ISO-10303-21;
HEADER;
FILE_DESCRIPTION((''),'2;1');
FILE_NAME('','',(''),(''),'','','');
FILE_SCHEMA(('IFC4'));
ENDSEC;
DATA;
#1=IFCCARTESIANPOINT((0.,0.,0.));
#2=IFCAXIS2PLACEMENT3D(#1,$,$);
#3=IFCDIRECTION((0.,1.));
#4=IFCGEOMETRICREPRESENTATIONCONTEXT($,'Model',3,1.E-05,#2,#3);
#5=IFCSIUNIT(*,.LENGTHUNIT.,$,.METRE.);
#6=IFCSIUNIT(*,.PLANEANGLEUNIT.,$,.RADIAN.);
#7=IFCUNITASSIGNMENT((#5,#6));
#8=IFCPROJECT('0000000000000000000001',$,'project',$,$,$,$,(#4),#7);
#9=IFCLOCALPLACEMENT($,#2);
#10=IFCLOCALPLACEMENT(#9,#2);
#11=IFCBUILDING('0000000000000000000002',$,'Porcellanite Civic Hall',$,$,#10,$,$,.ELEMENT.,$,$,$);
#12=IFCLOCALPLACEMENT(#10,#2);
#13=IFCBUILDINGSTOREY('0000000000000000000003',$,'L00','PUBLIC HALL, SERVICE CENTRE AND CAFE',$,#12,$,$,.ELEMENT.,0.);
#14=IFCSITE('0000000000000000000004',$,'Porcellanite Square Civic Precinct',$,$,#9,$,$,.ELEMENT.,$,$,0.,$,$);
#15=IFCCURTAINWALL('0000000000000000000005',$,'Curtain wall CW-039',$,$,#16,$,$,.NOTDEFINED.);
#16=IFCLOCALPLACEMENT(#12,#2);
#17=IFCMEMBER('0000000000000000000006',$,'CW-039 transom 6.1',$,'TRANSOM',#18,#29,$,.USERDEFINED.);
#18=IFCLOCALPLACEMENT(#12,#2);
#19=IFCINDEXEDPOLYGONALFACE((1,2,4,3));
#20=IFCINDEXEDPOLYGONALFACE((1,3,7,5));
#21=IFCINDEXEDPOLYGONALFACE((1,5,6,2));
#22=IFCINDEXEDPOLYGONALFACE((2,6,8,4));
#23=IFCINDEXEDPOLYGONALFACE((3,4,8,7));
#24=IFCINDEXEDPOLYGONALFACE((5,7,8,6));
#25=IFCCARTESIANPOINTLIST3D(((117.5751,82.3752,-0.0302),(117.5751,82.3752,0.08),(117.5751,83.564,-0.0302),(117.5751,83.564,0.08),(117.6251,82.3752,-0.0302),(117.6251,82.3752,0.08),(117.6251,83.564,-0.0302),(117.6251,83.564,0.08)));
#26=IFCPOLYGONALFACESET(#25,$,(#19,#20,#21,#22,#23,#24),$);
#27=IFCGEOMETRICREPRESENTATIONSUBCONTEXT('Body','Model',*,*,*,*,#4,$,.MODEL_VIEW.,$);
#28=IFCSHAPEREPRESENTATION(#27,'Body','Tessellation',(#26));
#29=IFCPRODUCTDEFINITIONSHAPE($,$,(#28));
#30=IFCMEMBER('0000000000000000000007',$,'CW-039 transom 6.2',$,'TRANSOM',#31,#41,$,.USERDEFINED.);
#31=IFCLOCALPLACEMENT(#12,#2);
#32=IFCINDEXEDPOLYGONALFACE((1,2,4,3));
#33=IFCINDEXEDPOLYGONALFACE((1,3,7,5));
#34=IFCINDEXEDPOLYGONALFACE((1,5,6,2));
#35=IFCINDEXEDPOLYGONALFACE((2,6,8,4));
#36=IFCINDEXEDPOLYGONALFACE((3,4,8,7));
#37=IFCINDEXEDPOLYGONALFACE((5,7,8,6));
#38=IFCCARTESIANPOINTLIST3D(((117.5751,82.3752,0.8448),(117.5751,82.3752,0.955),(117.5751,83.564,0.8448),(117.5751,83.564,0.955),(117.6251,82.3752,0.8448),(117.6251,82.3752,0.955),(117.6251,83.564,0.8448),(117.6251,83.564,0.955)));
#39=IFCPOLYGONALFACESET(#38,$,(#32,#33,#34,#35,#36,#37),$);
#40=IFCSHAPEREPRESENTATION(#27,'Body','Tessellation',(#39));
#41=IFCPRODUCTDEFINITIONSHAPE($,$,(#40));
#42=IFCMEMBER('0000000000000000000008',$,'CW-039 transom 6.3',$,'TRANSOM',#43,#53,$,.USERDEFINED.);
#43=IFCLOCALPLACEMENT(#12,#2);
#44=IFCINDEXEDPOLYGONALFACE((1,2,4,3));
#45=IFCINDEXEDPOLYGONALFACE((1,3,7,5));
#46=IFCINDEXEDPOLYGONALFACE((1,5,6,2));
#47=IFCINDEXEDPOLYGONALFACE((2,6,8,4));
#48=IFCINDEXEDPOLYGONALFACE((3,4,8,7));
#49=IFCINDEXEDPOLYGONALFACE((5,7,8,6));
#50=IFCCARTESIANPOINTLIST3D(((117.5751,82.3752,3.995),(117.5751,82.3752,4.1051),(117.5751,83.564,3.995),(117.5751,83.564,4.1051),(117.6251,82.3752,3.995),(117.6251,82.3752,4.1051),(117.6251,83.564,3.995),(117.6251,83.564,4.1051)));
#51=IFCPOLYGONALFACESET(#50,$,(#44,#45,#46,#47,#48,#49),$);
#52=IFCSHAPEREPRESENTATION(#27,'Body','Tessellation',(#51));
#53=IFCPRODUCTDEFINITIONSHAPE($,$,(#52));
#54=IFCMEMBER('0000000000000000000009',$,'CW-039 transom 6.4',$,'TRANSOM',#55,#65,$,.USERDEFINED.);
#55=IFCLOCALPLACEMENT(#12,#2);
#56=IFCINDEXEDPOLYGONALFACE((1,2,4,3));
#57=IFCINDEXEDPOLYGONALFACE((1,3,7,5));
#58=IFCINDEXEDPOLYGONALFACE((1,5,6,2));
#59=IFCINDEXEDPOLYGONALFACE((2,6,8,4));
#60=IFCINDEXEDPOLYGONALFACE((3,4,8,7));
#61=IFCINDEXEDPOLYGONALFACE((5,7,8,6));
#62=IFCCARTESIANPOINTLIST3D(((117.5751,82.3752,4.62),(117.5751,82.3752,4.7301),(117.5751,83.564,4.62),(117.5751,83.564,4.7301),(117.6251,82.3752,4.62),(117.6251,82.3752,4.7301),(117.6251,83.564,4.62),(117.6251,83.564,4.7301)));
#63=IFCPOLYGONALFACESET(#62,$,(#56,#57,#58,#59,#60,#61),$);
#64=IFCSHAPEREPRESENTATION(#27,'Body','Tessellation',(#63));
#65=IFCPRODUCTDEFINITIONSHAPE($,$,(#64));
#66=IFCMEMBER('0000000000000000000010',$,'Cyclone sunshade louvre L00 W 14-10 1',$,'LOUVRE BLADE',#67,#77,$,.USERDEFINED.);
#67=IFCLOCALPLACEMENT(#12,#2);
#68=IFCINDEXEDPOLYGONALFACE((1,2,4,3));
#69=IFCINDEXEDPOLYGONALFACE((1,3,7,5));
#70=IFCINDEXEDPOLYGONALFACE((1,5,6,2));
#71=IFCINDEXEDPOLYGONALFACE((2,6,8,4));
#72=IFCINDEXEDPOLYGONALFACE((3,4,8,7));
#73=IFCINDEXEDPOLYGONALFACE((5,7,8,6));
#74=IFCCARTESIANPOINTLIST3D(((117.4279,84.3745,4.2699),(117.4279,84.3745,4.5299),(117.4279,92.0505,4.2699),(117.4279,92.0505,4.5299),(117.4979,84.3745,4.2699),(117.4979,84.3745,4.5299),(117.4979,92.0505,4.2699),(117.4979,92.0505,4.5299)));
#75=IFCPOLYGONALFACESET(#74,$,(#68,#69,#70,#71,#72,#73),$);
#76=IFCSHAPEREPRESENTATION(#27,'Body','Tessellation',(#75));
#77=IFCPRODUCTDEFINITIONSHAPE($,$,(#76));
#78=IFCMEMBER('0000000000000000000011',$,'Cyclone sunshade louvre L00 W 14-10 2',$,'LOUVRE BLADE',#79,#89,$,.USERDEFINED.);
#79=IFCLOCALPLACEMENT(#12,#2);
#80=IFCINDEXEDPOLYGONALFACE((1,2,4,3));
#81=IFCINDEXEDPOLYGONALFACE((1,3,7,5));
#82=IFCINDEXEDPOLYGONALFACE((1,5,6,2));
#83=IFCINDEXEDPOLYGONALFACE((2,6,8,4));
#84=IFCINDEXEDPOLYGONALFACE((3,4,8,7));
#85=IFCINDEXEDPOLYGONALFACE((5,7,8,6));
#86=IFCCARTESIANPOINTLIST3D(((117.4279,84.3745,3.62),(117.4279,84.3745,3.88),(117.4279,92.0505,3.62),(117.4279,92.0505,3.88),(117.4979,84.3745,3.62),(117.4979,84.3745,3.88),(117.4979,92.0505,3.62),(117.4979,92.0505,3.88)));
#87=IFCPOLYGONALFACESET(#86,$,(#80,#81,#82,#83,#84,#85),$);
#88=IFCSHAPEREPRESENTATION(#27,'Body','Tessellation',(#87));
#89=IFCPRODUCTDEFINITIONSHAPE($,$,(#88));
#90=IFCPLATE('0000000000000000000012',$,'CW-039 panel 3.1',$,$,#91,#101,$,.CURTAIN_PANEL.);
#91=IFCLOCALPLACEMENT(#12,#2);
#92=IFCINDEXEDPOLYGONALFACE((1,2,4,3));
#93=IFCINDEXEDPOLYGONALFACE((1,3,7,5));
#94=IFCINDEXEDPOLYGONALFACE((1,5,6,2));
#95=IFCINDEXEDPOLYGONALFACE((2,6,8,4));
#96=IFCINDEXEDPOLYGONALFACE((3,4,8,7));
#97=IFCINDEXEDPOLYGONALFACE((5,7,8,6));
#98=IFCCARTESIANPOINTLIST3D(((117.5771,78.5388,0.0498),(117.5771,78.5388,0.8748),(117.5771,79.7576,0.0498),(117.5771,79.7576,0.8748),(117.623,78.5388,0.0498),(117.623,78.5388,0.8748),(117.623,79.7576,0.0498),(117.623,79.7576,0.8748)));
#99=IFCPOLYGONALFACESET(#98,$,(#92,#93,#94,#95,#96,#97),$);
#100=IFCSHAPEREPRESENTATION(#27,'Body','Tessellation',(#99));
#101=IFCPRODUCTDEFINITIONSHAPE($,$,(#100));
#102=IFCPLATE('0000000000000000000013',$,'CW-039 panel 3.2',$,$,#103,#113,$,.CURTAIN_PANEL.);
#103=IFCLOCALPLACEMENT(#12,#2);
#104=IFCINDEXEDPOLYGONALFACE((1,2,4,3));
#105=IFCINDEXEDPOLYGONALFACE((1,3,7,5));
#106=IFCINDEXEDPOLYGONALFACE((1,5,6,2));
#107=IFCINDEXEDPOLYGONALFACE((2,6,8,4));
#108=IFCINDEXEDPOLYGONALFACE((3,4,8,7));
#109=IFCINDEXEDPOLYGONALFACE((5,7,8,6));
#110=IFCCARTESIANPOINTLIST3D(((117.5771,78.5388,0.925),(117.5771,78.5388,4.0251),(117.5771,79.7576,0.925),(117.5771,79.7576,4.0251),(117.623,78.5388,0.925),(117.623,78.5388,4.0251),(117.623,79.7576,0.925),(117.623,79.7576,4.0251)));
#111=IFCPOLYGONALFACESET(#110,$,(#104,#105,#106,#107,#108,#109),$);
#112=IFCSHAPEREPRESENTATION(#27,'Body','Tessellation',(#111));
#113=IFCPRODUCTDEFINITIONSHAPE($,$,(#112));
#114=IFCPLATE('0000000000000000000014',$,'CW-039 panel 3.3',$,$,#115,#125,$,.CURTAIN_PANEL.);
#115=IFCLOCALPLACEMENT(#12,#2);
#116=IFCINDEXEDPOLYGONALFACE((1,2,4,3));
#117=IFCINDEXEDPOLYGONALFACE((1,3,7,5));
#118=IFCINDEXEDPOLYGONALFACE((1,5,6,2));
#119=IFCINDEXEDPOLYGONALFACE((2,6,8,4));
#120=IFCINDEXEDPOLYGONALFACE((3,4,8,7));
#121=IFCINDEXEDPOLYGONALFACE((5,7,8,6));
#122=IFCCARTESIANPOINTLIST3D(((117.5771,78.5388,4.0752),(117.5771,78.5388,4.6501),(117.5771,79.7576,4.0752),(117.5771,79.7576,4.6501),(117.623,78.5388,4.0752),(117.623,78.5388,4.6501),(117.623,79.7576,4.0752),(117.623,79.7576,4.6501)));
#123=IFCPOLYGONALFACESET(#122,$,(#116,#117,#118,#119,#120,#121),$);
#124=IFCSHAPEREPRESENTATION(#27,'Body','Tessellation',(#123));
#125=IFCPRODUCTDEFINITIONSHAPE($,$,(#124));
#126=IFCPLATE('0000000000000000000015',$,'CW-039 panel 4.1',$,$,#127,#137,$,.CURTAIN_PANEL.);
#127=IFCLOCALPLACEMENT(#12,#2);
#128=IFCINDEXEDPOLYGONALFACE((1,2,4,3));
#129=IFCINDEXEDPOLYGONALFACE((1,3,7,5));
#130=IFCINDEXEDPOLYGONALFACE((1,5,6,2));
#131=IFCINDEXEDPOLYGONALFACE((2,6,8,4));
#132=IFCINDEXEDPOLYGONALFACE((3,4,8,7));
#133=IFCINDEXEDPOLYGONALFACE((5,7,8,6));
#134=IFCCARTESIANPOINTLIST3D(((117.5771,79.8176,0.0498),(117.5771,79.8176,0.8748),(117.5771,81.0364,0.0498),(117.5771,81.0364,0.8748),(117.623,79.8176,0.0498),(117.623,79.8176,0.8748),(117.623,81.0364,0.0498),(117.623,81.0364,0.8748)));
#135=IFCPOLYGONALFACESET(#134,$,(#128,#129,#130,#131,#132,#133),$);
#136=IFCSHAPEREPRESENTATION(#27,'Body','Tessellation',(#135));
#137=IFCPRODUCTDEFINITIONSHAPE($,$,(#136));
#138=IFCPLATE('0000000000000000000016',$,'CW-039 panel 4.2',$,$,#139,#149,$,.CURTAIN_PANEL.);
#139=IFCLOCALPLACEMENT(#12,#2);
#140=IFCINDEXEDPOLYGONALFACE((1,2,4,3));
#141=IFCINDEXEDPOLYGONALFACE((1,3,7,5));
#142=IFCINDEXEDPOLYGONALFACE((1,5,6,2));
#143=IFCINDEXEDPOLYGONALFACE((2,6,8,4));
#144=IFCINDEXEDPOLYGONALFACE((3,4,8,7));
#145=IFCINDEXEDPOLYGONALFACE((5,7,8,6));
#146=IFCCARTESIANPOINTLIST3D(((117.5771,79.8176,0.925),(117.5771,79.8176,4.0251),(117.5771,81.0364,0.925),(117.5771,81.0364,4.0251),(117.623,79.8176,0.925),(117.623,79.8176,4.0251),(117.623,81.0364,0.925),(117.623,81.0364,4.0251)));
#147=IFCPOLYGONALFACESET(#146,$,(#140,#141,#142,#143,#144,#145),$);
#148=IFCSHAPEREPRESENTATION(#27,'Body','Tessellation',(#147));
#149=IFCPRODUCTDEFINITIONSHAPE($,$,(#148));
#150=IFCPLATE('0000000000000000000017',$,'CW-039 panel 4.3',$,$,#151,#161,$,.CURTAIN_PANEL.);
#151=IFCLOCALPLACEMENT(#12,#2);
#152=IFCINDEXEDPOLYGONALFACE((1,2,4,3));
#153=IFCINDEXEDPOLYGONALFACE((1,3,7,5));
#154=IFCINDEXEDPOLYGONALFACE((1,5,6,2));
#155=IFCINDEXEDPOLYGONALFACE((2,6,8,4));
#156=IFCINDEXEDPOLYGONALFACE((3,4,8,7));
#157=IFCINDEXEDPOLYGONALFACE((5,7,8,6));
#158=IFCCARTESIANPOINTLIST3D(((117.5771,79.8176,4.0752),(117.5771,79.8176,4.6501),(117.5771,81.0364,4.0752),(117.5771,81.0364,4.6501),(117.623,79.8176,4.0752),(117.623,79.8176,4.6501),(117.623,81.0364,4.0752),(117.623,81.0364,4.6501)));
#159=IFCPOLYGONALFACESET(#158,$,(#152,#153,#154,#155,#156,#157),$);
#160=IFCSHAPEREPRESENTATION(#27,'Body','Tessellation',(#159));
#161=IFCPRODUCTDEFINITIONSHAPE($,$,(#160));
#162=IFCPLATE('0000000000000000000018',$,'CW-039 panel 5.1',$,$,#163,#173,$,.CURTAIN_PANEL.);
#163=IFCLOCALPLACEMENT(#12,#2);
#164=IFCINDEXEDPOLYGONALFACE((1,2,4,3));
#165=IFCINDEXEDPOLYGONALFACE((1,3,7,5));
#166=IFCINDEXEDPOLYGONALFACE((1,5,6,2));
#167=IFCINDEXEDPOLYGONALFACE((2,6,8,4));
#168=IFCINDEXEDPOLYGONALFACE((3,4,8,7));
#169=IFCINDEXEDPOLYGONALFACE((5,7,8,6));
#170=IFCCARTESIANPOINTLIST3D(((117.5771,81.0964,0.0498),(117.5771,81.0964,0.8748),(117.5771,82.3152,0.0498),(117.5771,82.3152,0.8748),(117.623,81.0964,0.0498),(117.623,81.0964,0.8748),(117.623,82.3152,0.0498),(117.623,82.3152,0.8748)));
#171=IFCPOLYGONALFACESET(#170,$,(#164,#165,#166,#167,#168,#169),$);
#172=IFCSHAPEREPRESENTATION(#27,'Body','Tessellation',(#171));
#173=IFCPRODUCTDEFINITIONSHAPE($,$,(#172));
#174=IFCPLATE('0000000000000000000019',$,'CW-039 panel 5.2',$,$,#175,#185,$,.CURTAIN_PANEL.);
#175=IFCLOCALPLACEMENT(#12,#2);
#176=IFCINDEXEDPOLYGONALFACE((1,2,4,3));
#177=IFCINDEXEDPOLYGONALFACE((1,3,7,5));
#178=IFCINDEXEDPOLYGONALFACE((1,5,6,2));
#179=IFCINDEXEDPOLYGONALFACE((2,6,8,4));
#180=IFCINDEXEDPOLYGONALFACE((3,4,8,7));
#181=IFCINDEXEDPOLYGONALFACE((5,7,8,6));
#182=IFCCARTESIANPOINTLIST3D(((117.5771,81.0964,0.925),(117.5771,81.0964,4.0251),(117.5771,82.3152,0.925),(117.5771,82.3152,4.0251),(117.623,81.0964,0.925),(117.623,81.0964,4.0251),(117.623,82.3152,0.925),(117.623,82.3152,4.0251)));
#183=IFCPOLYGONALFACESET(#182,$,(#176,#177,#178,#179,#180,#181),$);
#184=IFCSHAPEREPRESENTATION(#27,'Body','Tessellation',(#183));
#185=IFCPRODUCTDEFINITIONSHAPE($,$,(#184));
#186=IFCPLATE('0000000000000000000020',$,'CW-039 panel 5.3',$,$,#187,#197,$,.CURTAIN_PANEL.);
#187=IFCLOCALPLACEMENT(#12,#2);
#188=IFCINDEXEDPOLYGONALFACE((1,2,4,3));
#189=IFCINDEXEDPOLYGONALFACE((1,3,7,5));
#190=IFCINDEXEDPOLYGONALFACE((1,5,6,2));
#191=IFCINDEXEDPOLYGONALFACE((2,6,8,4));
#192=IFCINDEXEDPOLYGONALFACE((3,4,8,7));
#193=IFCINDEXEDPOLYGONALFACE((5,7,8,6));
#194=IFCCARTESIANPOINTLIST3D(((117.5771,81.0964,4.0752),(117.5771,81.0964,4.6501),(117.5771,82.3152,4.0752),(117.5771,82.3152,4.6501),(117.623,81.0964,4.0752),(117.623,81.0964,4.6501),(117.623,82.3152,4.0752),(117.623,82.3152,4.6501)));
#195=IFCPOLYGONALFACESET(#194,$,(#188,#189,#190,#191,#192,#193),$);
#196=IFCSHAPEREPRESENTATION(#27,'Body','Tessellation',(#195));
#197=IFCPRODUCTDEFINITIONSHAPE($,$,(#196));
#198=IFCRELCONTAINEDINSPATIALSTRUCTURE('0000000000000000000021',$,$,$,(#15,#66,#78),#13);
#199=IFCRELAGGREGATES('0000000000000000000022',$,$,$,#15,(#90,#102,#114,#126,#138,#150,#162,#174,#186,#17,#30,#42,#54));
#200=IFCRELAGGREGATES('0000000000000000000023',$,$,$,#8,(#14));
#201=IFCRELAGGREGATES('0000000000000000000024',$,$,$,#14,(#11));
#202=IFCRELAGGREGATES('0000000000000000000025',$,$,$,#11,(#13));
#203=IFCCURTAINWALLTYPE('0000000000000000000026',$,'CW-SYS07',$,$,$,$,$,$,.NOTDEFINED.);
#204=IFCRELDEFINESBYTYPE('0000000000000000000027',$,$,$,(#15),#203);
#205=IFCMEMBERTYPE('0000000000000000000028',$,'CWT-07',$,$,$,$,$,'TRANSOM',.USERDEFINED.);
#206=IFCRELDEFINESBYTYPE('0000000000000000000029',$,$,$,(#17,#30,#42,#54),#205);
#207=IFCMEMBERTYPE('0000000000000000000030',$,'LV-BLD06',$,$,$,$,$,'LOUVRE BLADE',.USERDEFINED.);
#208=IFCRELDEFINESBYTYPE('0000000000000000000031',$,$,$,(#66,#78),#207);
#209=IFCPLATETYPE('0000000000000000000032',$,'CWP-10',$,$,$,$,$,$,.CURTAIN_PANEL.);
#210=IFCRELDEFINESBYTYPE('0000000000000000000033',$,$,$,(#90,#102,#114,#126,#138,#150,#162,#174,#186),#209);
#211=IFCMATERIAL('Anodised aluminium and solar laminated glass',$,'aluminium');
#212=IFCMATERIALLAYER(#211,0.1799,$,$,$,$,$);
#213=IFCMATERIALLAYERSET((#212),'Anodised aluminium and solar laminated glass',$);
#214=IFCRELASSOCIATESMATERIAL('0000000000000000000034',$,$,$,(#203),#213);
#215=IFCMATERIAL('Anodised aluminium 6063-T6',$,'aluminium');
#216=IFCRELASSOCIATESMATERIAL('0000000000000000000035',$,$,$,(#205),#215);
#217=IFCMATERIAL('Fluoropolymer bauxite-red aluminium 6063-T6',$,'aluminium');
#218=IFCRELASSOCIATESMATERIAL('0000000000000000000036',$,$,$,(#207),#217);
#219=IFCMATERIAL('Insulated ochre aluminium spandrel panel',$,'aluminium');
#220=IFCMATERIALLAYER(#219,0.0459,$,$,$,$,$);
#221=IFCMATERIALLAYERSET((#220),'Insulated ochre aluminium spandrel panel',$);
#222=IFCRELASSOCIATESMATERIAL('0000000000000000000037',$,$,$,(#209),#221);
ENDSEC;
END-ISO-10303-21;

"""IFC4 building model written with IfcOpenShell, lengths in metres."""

from ifc_helpers import new_model, si_unit, direction, frame, origin, origin_2d, place, context, subcontext, project, spatial, rectangle, extrude, material, layer, layer_set, material_profile, profile_set, type_object, element, aggregate, save


model = new_model("IFC4")

# Units and contexts
model_context = context("Model", 3, precision=1e-05, world=origin(), true_north=direction((0.0, 1.0)))
body_context = subcontext(model_context, "Body", "Model", "MODEL_VIEW")
ifc_project = project(units=[si_unit("LENGTHUNIT", "METRE"), si_unit("PLANEANGLEUNIT", "RADIAN")], contexts=[model_context])

# Site, building, storey
site_placement = place(None, origin())
site = spatial("IfcSite", under=ifc_project, at=site_placement, Name="Porcellanite Square Civic Precinct", CompositionType="ELEMENT", RefElevation=0.0)
building_placement = place(site_placement, origin())
building = spatial("IfcBuilding", under=site, at=building_placement, Name="Porcellanite Civic Hall", CompositionType="ELEMENT")
storey_placement = place(building_placement, origin())
storey = spatial("IfcBuildingStorey", under=building, at=storey_placement, Name="L00", Description="PUBLIC HALL, SERVICE CENTRE AND CAFE", CompositionType="ELEMENT", Elevation=0.0)

# Curtain wall, members
ifc_material_1 = material(Name="Anodised aluminium and solar laminated glass", Category="aluminium")
ifc_layer_1 = layer(ifc_material_1, 0.1799)
ifc_layer_set_1 = layer_set([ifc_layer_1], Name="Anodised aluminium and solar laminated glass")
curtain_wall_type = type_object("IfcCurtainWallType", Name="CW-SYS07", PredefinedType="NOTDEFINED", material=ifc_layer_set_1)
curtain_wall_placement = place(storey_placement, origin())
curtain_wall = element("IfcCurtainWall", 1, at=curtain_wall_placement, inside=storey, type_object=curtain_wall_type, Name="Curtain wall CW-039", PredefinedType="NOTDEFINED")
ifc_material_2 = material(Name="Anodised aluminium 6063-T6", Category="aluminium")
ifc_material_profile_1 = material_profile(ifc_material_2, rectangle(XDim=0.05, YDim=0.1101, at=origin_2d()), Name="AL-50x110")
ifc_profile_set_1 = profile_set([ifc_material_profile_1], Name="Anodised aluminium 6063-T6")
member_type_1 = type_object("IfcMemberType", Name="CWT-07", ElementType="TRANSOM", PredefinedType="USERDEFINED", material=ifc_profile_set_1)
member_1_placement = place(storey_placement, frame((117.6001, 82.3752, 0.0249), z_axis=(0.0, 1.0, 0.0), x_axis=(-1.0, 0.0, 0.0)))
member_1 = element("IfcMember", 2, at=member_1_placement, type_object=member_type_1, Name="CW-039 transom 6.1", ObjectType="TRANSOM", PredefinedType="USERDEFINED", context=body_context, shape_type="SweptSolid", body=[
    extrude(rectangle(XDim=0.05, YDim=0.1101, at=origin_2d()), origin(), (0.0, 0.0, 1.0), 1.1887),
])
member_2_placement = place(storey_placement, frame((117.6001, 82.3752, 0.8999), z_axis=(0.0, 1.0, 0.0), x_axis=(-1.0, 0.0, 0.0)))
member_2 = element("IfcMember", 3, at=member_2_placement, type_object=member_type_1, Name="CW-039 transom 6.2", ObjectType="TRANSOM", PredefinedType="USERDEFINED", context=body_context, shape_type="SweptSolid", body=[
    extrude(rectangle(XDim=0.05, YDim=0.1101, at=origin_2d()), origin(), (0.0, 0.0, 1.0), 1.1887),
])
member_3_placement = place(storey_placement, frame((117.6001, 82.3752, 4.05), z_axis=(0.0, 1.0, 0.0), x_axis=(-1.0, 0.0, 0.0)))
member_3 = element("IfcMember", 4, at=member_3_placement, type_object=member_type_1, Name="CW-039 transom 6.3", ObjectType="TRANSOM", PredefinedType="USERDEFINED", context=body_context, shape_type="SweptSolid", body=[
    extrude(rectangle(XDim=0.05, YDim=0.1101, at=origin_2d()), origin(), (0.0, 0.0, 1.0), 1.1887),
])
member_4_placement = place(storey_placement, frame((117.6001, 82.3752, 4.675), z_axis=(0.0, 1.0, 0.0), x_axis=(-1.0, 0.0, 0.0)))
member_4 = element("IfcMember", 5, at=member_4_placement, type_object=member_type_1, Name="CW-039 transom 6.4", ObjectType="TRANSOM", PredefinedType="USERDEFINED", context=body_context, shape_type="SweptSolid", body=[
    extrude(rectangle(XDim=0.05, YDim=0.1101, at=origin_2d()), origin(), (0.0, 0.0, 1.0), 1.1887),
])

# Members
ifc_material_3 = material(Name="Fluoropolymer bauxite-red aluminium 6063-T6", Category="aluminium")
ifc_material_profile_2 = material_profile(ifc_material_3, rectangle(XDim=0.0701, YDim=0.26, at=origin_2d()), Name="AL-70x260")
ifc_profile_set_2 = profile_set([ifc_material_profile_2], Name="Fluoropolymer bauxite-red aluminium 6063-T6")
member_type_2 = type_object("IfcMemberType", Name="LV-BLD06", ElementType="LOUVRE BLADE", PredefinedType="USERDEFINED", material=ifc_profile_set_2)
for number, where, z_axis, x_axis, name in (
    (6, (117.4629, 84.3745, 4.3999), (0.0, 1.0, 0.0), (-1.0, 0.0, 0.0), "Cyclone sunshade louvre L00 W 14-10 1"),
    (7, (117.4629, 84.3745, 3.75), (0.0, 1.0, 0.0), (-1.0, 0.0, 0.0), "Cyclone sunshade louvre L00 W 14-10 2"),
):
    element("IfcMember", number, at=place(storey_placement, frame(where, z_axis=z_axis, x_axis=x_axis)), inside=storey, type_object=member_type_2, Name=name, ObjectType="LOUVRE BLADE", PredefinedType="USERDEFINED", context=body_context, shape_type="SweptSolid", body=[
        extrude(rectangle(XDim=0.0701, YDim=0.26, at=origin_2d()), origin(), (0.0, 0.0, 1.0), 7.676),
    ])

# Plates
ifc_material_4 = material(Name="Insulated ochre aluminium spandrel panel", Category="aluminium")
ifc_layer_2 = layer(ifc_material_4, 0.0459)
ifc_layer_set_2 = layer_set([ifc_layer_2], Name="Insulated ochre aluminium spandrel panel")
plate_type = type_object("IfcPlateType", Name="CWP-10", PredefinedType="CURTAIN_PANEL", material=ifc_layer_set_2)
plate_1_placement = place(storey_placement, frame((117.6001, 79.1482, 0.0498), z_axis=(0.0, 0.0, 1.0), x_axis=(0.0, 1.0, 0.0)))
plate_1 = element("IfcPlate", 8, at=plate_1_placement, type_object=plate_type, Name="CW-039 panel 3.1", PredefinedType="CURTAIN_PANEL", context=body_context, shape_type="SweptSolid", body=[
    extrude(rectangle(XDim=1.2188, YDim=0.0459, at=origin_2d()), origin(), (0.0, 0.0, 1.0), 0.825),
])
plate_2_placement = place(storey_placement, frame((117.6001, 79.1482, 0.925), z_axis=(0.0, 0.0, 1.0), x_axis=(0.0, 1.0, 0.0)))
plate_2 = element("IfcPlate", 9, at=plate_2_placement, type_object=plate_type, Name="CW-039 panel 3.2", PredefinedType="CURTAIN_PANEL", context=body_context, shape_type="SweptSolid", body=[
    extrude(rectangle(XDim=1.2188, YDim=0.0459, at=origin_2d()), origin(), (0.0, 0.0, 1.0), 3.1001),
])
plate_3_placement = place(storey_placement, frame((117.6001, 79.1482, 4.0752), z_axis=(0.0, 0.0, 1.0), x_axis=(0.0, 1.0, 0.0)))
plate_3 = element("IfcPlate", 10, at=plate_3_placement, type_object=plate_type, Name="CW-039 panel 3.3", PredefinedType="CURTAIN_PANEL", context=body_context, shape_type="SweptSolid", body=[
    extrude(rectangle(XDim=1.2188, YDim=0.0459, at=origin_2d()), origin(), (0.0, 0.0, 1.0), 0.575),
])
plate_4_placement = place(storey_placement, frame((117.6001, 80.427, 0.0498), z_axis=(0.0, 0.0, 1.0), x_axis=(0.0, 1.0, 0.0)))
plate_4 = element("IfcPlate", 11, at=plate_4_placement, type_object=plate_type, Name="CW-039 panel 4.1", PredefinedType="CURTAIN_PANEL", context=body_context, shape_type="SweptSolid", body=[
    extrude(rectangle(XDim=1.2188, YDim=0.0459, at=origin_2d()), origin(), (0.0, 0.0, 1.0), 0.825),
])
plate_5_placement = place(storey_placement, frame((117.6001, 80.427, 0.925), z_axis=(0.0, 0.0, 1.0), x_axis=(0.0, 1.0, 0.0)))
plate_5 = element("IfcPlate", 12, at=plate_5_placement, type_object=plate_type, Name="CW-039 panel 4.2", PredefinedType="CURTAIN_PANEL", context=body_context, shape_type="SweptSolid", body=[
    extrude(rectangle(XDim=1.2188, YDim=0.0459, at=origin_2d()), origin(), (0.0, 0.0, 1.0), 3.1001),
])
plate_6_placement = place(storey_placement, frame((117.6001, 80.427, 4.0752), z_axis=(0.0, 0.0, 1.0), x_axis=(0.0, 1.0, 0.0)))
plate_6 = element("IfcPlate", 13, at=plate_6_placement, type_object=plate_type, Name="CW-039 panel 4.3", PredefinedType="CURTAIN_PANEL", context=body_context, shape_type="SweptSolid", body=[
    extrude(rectangle(XDim=1.2188, YDim=0.0459, at=origin_2d()), origin(), (0.0, 0.0, 1.0), 0.575),
])
plate_7_placement = place(storey_placement, frame((117.6001, 81.7058, 0.0498), z_axis=(0.0, 0.0, 1.0), x_axis=(0.0, 1.0, 0.0)))
plate_7 = element("IfcPlate", 14, at=plate_7_placement, type_object=plate_type, Name="CW-039 panel 5.1", PredefinedType="CURTAIN_PANEL", context=body_context, shape_type="SweptSolid", body=[
    extrude(rectangle(XDim=1.2188, YDim=0.0459, at=origin_2d()), origin(), (0.0, 0.0, 1.0), 0.825),
])
plate_8_placement = place(storey_placement, frame((117.6001, 81.7058, 0.925), z_axis=(0.0, 0.0, 1.0), x_axis=(0.0, 1.0, 0.0)))
plate_8 = element("IfcPlate", 15, at=plate_8_placement, type_object=plate_type, Name="CW-039 panel 5.2", PredefinedType="CURTAIN_PANEL", context=body_context, shape_type="SweptSolid", body=[
    extrude(rectangle(XDim=1.2188, YDim=0.0459, at=origin_2d()), origin(), (0.0, 0.0, 1.0), 3.1001),
])
plate_9_placement = place(storey_placement, frame((117.6001, 81.7058, 4.0752), z_axis=(0.0, 0.0, 1.0), x_axis=(0.0, 1.0, 0.0)))
plate_9 = element("IfcPlate", 16, at=plate_9_placement, type_object=plate_type, Name="CW-039 panel 5.3", PredefinedType="CURTAIN_PANEL", context=body_context, shape_type="SweptSolid", body=[
    extrude(rectangle(XDim=1.2188, YDim=0.0459, at=origin_2d()), origin(), (0.0, 0.0, 1.0), 0.575),
])
aggregate(curtain_wall, [plate_1, plate_2, plate_3, plate_4, plate_5, plate_6, plate_7, plate_8, plate_9, member_1, member_2, member_3, member_4])

save(model, "model.ifc")
